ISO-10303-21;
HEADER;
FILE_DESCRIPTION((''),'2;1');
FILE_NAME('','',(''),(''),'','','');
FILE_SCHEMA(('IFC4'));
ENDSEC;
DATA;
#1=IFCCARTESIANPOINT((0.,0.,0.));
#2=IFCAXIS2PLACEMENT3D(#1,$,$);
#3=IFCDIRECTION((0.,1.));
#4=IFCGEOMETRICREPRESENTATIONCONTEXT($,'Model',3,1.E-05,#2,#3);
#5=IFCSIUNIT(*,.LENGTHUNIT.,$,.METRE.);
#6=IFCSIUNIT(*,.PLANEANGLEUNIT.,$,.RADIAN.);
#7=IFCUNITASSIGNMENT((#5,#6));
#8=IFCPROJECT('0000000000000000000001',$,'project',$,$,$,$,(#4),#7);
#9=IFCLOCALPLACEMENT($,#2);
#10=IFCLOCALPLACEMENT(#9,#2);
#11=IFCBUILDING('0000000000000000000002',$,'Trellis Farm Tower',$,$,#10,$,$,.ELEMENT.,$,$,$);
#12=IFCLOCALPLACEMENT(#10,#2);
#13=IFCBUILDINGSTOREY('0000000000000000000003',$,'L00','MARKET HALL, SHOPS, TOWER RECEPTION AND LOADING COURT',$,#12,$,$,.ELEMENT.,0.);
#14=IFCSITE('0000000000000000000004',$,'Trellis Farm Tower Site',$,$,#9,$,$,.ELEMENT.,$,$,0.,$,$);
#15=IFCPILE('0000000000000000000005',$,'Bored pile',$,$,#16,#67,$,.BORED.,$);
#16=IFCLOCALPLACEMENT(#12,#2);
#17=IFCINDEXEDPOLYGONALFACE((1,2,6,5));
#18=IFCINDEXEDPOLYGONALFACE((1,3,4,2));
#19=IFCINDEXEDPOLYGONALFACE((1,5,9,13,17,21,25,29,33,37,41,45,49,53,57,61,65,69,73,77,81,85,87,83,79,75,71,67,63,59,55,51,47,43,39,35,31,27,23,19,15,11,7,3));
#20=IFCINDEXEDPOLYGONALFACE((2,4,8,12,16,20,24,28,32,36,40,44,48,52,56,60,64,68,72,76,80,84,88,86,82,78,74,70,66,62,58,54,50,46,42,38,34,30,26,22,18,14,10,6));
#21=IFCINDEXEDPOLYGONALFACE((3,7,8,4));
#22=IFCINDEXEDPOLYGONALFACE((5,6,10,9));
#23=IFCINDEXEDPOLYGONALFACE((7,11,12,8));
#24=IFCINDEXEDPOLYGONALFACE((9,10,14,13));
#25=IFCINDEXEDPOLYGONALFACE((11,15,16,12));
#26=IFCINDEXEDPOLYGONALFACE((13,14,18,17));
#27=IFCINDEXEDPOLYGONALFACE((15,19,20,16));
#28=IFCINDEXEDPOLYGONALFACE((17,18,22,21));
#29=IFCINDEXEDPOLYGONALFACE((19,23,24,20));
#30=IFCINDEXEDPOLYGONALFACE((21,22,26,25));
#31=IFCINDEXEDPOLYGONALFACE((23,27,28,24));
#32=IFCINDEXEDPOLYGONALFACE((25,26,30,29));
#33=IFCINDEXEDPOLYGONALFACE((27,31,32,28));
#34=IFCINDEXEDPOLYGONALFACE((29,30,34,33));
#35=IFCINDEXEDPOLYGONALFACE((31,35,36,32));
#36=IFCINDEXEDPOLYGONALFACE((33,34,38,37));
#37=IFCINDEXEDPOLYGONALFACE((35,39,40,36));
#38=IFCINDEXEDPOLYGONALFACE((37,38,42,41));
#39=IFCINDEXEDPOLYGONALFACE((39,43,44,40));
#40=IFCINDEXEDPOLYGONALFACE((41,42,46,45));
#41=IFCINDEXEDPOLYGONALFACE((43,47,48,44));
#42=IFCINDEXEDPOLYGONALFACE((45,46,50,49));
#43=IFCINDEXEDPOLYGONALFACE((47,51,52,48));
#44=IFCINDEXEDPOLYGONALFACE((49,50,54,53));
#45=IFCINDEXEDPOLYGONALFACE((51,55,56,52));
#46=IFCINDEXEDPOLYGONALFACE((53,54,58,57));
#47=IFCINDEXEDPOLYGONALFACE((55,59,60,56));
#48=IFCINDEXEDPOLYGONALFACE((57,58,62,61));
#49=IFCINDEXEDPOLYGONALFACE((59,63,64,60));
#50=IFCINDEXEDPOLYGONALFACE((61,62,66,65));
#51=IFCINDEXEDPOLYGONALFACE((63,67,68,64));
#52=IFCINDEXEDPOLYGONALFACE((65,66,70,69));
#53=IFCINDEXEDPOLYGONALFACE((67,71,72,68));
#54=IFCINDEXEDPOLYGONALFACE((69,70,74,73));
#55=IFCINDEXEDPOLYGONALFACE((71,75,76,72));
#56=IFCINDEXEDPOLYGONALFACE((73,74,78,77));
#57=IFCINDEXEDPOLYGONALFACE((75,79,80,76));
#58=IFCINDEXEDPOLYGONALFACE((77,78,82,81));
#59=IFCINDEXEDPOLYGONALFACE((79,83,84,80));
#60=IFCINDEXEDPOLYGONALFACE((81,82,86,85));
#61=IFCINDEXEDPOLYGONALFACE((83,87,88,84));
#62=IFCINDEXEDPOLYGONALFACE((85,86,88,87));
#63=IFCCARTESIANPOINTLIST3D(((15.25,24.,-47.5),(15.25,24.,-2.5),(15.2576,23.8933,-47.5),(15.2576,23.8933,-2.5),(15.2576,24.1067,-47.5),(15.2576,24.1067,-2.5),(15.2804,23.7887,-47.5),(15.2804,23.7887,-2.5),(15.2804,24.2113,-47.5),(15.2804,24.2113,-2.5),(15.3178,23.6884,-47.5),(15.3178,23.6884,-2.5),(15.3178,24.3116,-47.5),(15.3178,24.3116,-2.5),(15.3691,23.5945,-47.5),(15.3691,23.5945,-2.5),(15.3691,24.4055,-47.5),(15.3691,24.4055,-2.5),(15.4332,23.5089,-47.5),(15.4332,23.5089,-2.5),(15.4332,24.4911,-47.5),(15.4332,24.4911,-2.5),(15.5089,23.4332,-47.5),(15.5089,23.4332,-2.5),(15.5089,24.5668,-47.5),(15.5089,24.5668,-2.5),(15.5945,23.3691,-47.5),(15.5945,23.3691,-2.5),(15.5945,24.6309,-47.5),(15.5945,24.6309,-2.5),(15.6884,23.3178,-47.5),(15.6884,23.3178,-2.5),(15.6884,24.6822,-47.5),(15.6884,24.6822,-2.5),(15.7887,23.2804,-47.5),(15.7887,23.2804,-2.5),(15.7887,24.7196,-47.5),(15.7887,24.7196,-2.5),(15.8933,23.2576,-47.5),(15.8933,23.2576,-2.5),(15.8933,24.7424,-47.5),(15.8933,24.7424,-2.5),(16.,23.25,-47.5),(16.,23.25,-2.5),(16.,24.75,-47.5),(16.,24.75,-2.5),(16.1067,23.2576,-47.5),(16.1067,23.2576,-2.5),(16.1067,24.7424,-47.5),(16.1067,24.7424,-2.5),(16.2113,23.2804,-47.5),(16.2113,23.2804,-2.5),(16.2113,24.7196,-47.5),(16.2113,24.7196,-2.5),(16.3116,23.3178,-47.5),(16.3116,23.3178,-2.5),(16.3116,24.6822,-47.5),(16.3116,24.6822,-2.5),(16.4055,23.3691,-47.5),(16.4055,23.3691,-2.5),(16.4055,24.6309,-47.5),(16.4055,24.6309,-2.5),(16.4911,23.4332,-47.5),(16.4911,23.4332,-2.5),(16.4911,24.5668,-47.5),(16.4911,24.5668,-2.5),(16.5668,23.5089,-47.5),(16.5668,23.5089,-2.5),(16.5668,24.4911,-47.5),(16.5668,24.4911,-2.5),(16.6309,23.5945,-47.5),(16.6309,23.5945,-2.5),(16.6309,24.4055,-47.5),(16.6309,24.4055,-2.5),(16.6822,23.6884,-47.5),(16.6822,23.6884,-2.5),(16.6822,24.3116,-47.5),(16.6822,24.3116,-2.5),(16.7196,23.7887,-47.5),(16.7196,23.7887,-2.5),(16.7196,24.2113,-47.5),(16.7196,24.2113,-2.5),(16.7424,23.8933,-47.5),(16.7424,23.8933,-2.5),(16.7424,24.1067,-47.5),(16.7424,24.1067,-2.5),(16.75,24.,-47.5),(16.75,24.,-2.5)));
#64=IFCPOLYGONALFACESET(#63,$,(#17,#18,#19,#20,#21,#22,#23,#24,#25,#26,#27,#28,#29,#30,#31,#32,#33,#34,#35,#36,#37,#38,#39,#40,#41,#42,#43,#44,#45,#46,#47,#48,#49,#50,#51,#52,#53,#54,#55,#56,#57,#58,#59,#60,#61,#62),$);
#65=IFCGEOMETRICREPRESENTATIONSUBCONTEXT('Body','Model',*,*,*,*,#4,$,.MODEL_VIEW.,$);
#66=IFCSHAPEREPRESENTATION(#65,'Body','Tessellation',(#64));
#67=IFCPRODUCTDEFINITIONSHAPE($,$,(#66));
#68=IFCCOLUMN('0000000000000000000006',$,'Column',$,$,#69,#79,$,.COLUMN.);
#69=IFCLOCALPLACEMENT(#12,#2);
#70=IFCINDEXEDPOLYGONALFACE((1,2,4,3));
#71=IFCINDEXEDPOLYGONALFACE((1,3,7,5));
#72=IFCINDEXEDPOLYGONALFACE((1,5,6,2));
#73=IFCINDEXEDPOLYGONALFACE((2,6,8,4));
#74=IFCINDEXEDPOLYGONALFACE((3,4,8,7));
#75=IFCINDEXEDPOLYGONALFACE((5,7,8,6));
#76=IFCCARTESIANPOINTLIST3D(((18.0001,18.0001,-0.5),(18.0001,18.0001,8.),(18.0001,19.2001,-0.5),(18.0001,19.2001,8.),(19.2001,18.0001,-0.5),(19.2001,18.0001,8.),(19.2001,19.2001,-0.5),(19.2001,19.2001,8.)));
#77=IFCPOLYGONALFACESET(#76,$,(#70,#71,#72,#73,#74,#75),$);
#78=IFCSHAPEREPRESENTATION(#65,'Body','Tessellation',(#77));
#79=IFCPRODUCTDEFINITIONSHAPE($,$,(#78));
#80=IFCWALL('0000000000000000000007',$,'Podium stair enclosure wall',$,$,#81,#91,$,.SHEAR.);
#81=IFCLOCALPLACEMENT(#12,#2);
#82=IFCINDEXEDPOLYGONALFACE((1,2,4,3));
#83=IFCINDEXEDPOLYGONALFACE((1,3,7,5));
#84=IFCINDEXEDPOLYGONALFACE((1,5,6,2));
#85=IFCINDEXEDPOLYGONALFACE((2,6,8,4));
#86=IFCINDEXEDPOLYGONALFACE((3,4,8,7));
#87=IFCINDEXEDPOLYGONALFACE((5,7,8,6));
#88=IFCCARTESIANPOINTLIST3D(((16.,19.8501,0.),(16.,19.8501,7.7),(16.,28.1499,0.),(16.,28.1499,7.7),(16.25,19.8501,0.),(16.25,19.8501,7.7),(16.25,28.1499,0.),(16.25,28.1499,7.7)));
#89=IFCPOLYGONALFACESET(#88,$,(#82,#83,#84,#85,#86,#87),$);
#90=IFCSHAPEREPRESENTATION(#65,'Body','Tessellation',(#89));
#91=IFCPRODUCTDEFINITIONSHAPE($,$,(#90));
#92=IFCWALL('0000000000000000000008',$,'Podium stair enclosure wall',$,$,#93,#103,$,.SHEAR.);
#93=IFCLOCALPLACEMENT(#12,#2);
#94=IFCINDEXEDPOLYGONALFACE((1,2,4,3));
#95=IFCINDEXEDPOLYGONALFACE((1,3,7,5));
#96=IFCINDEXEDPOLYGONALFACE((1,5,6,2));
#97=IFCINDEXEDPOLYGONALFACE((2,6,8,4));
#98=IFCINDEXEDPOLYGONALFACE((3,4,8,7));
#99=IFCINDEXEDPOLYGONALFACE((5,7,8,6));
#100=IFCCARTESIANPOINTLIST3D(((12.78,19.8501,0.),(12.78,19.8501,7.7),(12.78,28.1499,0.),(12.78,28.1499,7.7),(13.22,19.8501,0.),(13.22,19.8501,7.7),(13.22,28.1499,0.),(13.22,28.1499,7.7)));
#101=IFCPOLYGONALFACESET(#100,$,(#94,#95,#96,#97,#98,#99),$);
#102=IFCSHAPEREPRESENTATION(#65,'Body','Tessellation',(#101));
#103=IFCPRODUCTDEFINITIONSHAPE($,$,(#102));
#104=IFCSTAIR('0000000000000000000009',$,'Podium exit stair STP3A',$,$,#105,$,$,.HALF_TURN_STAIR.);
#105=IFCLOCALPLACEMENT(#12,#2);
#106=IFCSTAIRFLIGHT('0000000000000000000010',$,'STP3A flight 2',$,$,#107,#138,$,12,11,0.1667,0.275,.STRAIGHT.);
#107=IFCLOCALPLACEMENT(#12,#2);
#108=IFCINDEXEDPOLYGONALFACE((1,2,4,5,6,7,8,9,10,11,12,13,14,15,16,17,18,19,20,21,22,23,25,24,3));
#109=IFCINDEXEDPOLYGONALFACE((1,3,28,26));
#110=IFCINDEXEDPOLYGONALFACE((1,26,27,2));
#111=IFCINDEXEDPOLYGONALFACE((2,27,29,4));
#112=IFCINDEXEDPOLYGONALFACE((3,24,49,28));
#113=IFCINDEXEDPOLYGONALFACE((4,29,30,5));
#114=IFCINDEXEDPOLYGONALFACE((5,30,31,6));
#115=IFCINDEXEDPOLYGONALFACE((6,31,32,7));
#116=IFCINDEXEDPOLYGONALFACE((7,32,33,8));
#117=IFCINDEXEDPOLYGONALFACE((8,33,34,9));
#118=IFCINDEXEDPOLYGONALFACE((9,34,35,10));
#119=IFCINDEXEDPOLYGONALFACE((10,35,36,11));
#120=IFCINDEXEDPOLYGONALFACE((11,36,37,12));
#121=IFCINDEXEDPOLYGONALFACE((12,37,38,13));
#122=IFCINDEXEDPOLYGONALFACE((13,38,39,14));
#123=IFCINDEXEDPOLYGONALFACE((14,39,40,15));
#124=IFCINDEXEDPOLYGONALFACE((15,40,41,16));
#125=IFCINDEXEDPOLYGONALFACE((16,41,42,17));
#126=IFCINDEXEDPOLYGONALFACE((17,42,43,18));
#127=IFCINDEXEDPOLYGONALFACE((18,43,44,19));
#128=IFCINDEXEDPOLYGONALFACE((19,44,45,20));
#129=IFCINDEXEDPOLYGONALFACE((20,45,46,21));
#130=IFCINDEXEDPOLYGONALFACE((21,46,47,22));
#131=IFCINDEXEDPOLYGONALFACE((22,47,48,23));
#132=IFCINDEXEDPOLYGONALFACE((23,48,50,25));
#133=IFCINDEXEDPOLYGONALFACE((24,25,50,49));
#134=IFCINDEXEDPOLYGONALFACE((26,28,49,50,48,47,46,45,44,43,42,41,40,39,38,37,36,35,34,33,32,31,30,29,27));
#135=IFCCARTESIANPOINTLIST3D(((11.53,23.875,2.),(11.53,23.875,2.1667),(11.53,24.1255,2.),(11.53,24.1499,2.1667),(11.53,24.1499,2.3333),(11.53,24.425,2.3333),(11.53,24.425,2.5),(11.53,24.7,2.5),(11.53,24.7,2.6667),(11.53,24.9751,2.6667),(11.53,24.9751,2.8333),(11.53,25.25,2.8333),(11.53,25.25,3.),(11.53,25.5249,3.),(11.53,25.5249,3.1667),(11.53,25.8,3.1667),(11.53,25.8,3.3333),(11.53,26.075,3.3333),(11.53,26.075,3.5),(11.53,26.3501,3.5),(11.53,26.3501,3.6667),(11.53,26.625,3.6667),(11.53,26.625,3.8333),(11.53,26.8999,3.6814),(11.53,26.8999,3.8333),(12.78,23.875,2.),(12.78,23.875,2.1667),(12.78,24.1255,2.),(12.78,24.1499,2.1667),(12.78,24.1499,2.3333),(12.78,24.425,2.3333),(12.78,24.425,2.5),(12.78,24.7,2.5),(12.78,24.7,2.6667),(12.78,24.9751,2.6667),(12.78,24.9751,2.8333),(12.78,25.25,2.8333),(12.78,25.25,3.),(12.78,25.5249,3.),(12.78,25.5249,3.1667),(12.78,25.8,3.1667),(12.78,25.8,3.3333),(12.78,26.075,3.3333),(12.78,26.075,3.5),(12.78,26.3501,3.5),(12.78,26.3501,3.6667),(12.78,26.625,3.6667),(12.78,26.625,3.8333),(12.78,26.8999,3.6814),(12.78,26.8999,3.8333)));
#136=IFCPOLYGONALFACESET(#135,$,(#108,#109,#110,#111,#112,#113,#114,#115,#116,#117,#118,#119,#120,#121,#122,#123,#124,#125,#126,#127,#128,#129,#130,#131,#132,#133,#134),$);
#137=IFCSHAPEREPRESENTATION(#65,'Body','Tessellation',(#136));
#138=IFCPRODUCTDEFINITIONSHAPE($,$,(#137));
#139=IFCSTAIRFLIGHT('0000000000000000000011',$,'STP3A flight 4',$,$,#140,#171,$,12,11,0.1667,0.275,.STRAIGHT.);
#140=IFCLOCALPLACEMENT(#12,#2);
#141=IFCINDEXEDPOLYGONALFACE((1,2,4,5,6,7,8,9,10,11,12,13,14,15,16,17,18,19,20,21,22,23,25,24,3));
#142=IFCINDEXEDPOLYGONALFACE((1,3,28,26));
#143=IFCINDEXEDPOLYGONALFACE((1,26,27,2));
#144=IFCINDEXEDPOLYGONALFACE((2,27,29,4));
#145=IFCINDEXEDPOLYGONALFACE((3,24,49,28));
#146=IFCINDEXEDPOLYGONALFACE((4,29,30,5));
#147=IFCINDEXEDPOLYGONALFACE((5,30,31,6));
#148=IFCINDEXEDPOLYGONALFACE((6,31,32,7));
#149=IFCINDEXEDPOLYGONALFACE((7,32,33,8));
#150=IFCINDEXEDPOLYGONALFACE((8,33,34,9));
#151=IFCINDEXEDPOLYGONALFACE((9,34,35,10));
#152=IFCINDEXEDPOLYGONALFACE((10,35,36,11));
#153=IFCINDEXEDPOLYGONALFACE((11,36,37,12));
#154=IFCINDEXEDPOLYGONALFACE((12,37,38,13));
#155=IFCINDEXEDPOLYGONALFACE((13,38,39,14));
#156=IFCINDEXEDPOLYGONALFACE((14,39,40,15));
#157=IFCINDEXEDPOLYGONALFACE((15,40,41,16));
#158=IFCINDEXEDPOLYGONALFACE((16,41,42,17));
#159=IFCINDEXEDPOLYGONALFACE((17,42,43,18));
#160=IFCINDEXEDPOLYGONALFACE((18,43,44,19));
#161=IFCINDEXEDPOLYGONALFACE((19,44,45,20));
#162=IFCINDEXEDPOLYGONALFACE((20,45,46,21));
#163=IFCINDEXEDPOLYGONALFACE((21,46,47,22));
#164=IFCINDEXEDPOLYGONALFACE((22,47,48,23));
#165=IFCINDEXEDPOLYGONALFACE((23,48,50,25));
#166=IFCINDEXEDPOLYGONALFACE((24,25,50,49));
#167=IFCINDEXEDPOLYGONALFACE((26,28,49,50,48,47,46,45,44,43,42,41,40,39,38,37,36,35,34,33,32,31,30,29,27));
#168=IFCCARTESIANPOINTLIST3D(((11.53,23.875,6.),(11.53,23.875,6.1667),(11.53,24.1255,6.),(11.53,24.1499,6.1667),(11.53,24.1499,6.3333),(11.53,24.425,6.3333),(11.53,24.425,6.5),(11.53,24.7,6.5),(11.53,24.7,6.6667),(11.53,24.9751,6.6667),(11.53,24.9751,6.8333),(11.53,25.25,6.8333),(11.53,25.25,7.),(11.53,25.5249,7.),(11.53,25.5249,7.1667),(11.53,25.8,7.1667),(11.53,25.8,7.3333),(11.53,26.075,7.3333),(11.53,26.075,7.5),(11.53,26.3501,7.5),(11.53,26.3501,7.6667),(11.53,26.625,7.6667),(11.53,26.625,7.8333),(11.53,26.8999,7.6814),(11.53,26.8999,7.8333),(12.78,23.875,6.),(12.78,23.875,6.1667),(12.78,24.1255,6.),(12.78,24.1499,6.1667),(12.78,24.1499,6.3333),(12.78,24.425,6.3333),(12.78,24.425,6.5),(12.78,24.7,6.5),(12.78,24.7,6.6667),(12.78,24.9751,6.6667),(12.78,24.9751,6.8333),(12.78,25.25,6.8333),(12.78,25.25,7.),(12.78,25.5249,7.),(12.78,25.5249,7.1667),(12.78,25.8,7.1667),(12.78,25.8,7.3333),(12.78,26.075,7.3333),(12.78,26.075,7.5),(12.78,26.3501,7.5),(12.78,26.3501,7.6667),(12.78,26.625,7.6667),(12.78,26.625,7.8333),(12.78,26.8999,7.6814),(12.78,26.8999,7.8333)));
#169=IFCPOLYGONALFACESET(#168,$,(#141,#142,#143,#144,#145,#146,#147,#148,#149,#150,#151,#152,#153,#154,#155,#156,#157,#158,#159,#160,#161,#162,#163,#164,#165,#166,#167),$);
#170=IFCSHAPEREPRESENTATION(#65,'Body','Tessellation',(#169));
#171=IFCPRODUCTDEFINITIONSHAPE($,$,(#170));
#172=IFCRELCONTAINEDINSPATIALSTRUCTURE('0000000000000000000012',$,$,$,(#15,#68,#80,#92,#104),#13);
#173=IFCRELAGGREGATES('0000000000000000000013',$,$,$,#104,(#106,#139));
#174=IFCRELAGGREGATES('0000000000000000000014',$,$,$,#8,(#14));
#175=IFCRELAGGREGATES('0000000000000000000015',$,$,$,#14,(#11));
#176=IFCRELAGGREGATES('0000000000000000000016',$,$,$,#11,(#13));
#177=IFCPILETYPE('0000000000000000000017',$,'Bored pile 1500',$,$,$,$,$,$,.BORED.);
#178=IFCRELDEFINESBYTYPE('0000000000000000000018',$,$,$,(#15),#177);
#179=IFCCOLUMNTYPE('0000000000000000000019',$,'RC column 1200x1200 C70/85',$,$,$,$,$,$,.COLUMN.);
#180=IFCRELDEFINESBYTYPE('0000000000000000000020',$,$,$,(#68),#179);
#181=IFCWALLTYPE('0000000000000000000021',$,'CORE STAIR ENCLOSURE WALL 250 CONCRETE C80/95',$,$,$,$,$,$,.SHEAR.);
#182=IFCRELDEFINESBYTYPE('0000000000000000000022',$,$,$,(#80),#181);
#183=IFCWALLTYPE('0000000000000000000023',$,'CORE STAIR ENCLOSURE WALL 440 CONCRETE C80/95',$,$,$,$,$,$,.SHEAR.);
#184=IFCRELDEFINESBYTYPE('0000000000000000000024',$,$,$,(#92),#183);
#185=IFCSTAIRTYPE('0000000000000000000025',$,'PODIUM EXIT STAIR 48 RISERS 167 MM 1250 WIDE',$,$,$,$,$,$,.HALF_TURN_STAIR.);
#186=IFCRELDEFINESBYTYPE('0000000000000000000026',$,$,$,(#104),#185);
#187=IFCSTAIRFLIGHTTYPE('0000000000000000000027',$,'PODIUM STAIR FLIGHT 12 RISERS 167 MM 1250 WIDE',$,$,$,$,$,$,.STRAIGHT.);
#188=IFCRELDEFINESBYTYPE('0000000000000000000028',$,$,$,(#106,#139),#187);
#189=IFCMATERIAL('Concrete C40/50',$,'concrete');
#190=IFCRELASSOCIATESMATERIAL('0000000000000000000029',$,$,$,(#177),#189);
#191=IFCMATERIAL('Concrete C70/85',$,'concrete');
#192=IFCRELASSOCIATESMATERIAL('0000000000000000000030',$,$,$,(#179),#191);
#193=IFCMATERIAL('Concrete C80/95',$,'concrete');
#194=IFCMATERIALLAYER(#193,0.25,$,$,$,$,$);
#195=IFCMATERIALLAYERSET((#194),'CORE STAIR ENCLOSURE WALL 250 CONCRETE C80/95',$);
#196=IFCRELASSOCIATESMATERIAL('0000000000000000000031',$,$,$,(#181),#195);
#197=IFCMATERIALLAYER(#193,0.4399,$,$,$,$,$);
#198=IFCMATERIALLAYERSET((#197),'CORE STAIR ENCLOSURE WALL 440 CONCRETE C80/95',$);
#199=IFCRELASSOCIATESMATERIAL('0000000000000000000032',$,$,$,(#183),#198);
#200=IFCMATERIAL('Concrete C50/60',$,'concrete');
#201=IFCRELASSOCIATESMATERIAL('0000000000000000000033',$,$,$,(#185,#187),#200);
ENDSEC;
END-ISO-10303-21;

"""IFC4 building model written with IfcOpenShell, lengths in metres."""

from ifc_helpers import new_model, si_unit, direction, frame, frame_2d, origin, origin_2d, place, context, subcontext, project, spatial, polyline, rectangle, circle, outline, extrude, source, transform, mapped, material, layer, layer_set, material_profile, profile_set, type_object, element, aggregate, save


model = new_model("IFC4")

# Units and contexts
model_context = context("Model", 3, precision=1e-05, world=origin(), true_north=direction((0.0, 1.0)))
body_context = subcontext(model_context, "Body", "Model", "MODEL_VIEW")
ifc_project = project(units=[si_unit("LENGTHUNIT", "METRE"), si_unit("PLANEANGLEUNIT", "RADIAN")], contexts=[model_context])

# Site, building, storey
site_placement = place(None, origin())
site = spatial("IfcSite", under=ifc_project, at=site_placement, Name="Trellis Farm Tower Site", CompositionType="ELEMENT", RefElevation=0.0)
building_placement = place(site_placement, origin())
building = spatial("IfcBuilding", under=site, at=building_placement, Name="Trellis Farm Tower", CompositionType="ELEMENT")
storey_placement = place(building_placement, origin())
storey = spatial("IfcBuildingStorey", under=building, at=storey_placement, Name="L00", Description="MARKET HALL, SHOPS, TOWER RECEPTION AND LOADING COURT", CompositionType="ELEMENT", Elevation=0.0)

# Pile
ifc_material_1 = material(Name="Concrete C40/50", Category="concrete")
ifc_material_profile_1 = material_profile(ifc_material_1, circle(Radius=0.75, at=origin_2d()), Name="Bored pile 1500")
ifc_profile_set_1 = profile_set([ifc_material_profile_1], Name="Concrete C40/50")
pile_type = type_object("IfcPileType", Name="Bored pile 1500", PredefinedType="BORED", material=ifc_profile_set_1)
shared_shape_1 = source(origin(), body_context, "Body", "SweptSolid", [
    extrude(circle(Radius=0.75, at=origin_2d()), origin(), (0.0, 0.0, 1.0), 45.0),
])
for number, where, z_axis, x_axis, name in (
    (1, (16.0, 24.0, -2.5), (0.0, 0.0, -1.0), (1.0, 0.0, 0.0), "Bored pile"),
):
    element("IfcPile", number, at=place(storey_placement, frame(where, z_axis=z_axis, x_axis=x_axis)), inside=storey, type_object=pile_type, Name=name, PredefinedType="BORED", context=body_context, shape_type="MappedRepresentation", body=[
        mapped(shared_shape_1, transform((0.0, 0.0, 0.0))),
    ])

# Column
ifc_material_2 = material(Name="Concrete C70/85", Category="concrete")
ifc_material_profile_2 = material_profile(ifc_material_2, rectangle(XDim=1.2, YDim=1.2, at=origin_2d()), Name="RC column 1200x1200 C70/85")
ifc_profile_set_2 = profile_set([ifc_material_profile_2], Name="Concrete C70/85")
column_type = type_object("IfcColumnType", Name="RC column 1200x1200 C70/85", PredefinedType="COLUMN", material=ifc_profile_set_2)
shared_shape_2 = source(origin(), body_context, "Body", "SweptSolid", [
    extrude(rectangle(XDim=1.2, YDim=1.2, at=origin_2d()), origin(), (0.0, 0.0, 1.0), 8.5),
])
column_placement = place(storey_placement, frame((18.6001, 18.6001, -0.5), z_axis=(0.0, 0.0, 1.0), x_axis=(1.0, 0.0, 0.0)))
element("IfcColumn", 2, at=column_placement, inside=storey, type_object=column_type, Name="Column", PredefinedType="COLUMN", context=body_context, shape_type="MappedRepresentation", body=[
    mapped(shared_shape_2, transform((0.0, 0.0, 0.0))),
])

# Walls
ifc_material_3 = material(Name="Concrete C80/95", Category="concrete")
ifc_layer_1 = layer(ifc_material_3, 0.25)
ifc_layer_set_1 = layer_set([ifc_layer_1], Name="CORE STAIR ENCLOSURE WALL 250 CONCRETE C80/95")
wall_type_1 = type_object("IfcWallType", Name="CORE STAIR ENCLOSURE WALL 250 CONCRETE C80/95", PredefinedType="SHEAR", material=ifc_layer_set_1)
shared_shape_3 = source(origin(), body_context, "Body", "SweptSolid", [
    extrude(rectangle(XDim=8.2998, YDim=0.25, at=frame_2d((4.1499, 0.0))), origin(), (0.0, 0.0, 1.0), 7.7),
])
wall_1_placement = place(storey_placement, frame((16.125, 19.8501, 0.0), z_axis=(0.0, 0.0, 1.0), x_axis=(0.0, 1.0, 0.0)))
element("IfcWall", 3, at=wall_1_placement, inside=storey, type_object=wall_type_1, Name="Podium stair enclosure wall", PredefinedType="SHEAR", context=body_context, shape_type="MappedRepresentation", body=[
    mapped(shared_shape_3, transform((0.0, 0.0, 0.0))),
])
ifc_layer_2 = layer(ifc_material_3, 0.4399)
ifc_layer_set_2 = layer_set([ifc_layer_2], Name="CORE STAIR ENCLOSURE WALL 440 CONCRETE C80/95")
wall_type_2 = type_object("IfcWallType", Name="CORE STAIR ENCLOSURE WALL 440 CONCRETE C80/95", PredefinedType="SHEAR", material=ifc_layer_set_2)
shared_shape_4 = source(origin(), body_context, "Body", "SweptSolid", [
    extrude(rectangle(XDim=8.2998, YDim=0.4399, at=frame_2d((4.1499, 0.0))), origin(), (0.0, 0.0, 1.0), 7.7),
])
wall_2_placement = place(storey_placement, frame((13.0, 19.8501, 0.0), z_axis=(0.0, 0.0, 1.0), x_axis=(0.0, 1.0, 0.0)))
element("IfcWall", 4, at=wall_2_placement, inside=storey, type_object=wall_type_2, Name="Podium stair enclosure wall", PredefinedType="SHEAR", context=body_context, shape_type="MappedRepresentation", body=[
    mapped(shared_shape_4, transform((0.0, 0.0, 0.0))),
])

# Stair, stair flights
ifc_material_4 = material(Name="Concrete C50/60", Category="concrete")
stair_type = type_object("IfcStairType", Name="PODIUM EXIT STAIR 48 RISERS 167 MM 1250 WIDE", PredefinedType="HALF_TURN_STAIR", material=ifc_material_4)
placement = place(storey_placement, origin())
stair_1 = element("IfcStair", 5, at=placement, inside=storey, type_object=stair_type, Name="Podium exit stair STP3A", PredefinedType="HALF_TURN_STAIR")
stair_flight_type = type_object("IfcStairFlightType", Name="PODIUM STAIR FLIGHT 12 RISERS 167 MM 1250 WIDE", PredefinedType="STRAIGHT", material=ifc_material_4)
shared_shape_5 = source(origin(), body_context, "Body", "SweptSolid", [
    extrude(outline(polyline([(0.0, 0.0), (0.0, 0.1667), (0.2749, 0.1667), (0.2749, 0.3333), (0.55, 0.3333), (0.55, 0.5), (0.825, 0.5), (0.825, 0.6667), (1.1001, 0.6667), (1.1001, 0.8333), (1.375, 0.8333), (1.375, 1.0), (1.6499, 1.0), (1.6499, 1.1667), (1.925, 1.1667), (1.925, 1.3333), (2.2, 1.3333), (2.2, 1.5), (2.4751, 1.5), (2.4751, 1.6667), (2.75, 1.6667), (2.75, 1.8333), (3.0249, 1.8333), (3.0249, 2.0), (3.0249, 1.6814), (0.2505, 0.0), (0.0, 0.0)])), frame((0.0, 0.625, 0.0), z_axis=(0.0, -1.0, 0.0), x_axis=(1.0, 0.0, 0.0)), (0.0, 0.0, 1.0), 1.25),
])
stair_flight_1_placement = place(storey_placement, frame((12.155, 23.875, 2.0), z_axis=(0.0, 0.0, 1.0), x_axis=(0.0, 1.0, 0.0)))
stair_flight_1 = element("IfcStairFlight", 6, at=stair_flight_1_placement, type_object=stair_flight_type, Name="STP3A flight 2", NumberOfRisers=12, NumberOfTreads=11, PredefinedType="STRAIGHT", RiserHeight=0.1667, TreadLength=0.275, context=body_context, shape_type="MappedRepresentation", body=[
    mapped(shared_shape_5, transform((0.0, 0.0, 0.0))),
])
stair_flight_2_placement = place(storey_placement, frame((12.155, 23.875, 6.0), z_axis=(0.0, 0.0, 1.0), x_axis=(0.0, 1.0, 0.0)))
stair_flight_2 = element("IfcStairFlight", 7, at=stair_flight_2_placement, type_object=stair_flight_type, Name="STP3A flight 4", NumberOfRisers=12, NumberOfTreads=11, PredefinedType="STRAIGHT", RiserHeight=0.1667, TreadLength=0.275, context=body_context, shape_type="MappedRepresentation", body=[
    mapped(shared_shape_5, transform((0.0, 0.0, 0.0))),
])
aggregate(stair_1, [stair_flight_1, stair_flight_2])

save(model, "model.ifc")
